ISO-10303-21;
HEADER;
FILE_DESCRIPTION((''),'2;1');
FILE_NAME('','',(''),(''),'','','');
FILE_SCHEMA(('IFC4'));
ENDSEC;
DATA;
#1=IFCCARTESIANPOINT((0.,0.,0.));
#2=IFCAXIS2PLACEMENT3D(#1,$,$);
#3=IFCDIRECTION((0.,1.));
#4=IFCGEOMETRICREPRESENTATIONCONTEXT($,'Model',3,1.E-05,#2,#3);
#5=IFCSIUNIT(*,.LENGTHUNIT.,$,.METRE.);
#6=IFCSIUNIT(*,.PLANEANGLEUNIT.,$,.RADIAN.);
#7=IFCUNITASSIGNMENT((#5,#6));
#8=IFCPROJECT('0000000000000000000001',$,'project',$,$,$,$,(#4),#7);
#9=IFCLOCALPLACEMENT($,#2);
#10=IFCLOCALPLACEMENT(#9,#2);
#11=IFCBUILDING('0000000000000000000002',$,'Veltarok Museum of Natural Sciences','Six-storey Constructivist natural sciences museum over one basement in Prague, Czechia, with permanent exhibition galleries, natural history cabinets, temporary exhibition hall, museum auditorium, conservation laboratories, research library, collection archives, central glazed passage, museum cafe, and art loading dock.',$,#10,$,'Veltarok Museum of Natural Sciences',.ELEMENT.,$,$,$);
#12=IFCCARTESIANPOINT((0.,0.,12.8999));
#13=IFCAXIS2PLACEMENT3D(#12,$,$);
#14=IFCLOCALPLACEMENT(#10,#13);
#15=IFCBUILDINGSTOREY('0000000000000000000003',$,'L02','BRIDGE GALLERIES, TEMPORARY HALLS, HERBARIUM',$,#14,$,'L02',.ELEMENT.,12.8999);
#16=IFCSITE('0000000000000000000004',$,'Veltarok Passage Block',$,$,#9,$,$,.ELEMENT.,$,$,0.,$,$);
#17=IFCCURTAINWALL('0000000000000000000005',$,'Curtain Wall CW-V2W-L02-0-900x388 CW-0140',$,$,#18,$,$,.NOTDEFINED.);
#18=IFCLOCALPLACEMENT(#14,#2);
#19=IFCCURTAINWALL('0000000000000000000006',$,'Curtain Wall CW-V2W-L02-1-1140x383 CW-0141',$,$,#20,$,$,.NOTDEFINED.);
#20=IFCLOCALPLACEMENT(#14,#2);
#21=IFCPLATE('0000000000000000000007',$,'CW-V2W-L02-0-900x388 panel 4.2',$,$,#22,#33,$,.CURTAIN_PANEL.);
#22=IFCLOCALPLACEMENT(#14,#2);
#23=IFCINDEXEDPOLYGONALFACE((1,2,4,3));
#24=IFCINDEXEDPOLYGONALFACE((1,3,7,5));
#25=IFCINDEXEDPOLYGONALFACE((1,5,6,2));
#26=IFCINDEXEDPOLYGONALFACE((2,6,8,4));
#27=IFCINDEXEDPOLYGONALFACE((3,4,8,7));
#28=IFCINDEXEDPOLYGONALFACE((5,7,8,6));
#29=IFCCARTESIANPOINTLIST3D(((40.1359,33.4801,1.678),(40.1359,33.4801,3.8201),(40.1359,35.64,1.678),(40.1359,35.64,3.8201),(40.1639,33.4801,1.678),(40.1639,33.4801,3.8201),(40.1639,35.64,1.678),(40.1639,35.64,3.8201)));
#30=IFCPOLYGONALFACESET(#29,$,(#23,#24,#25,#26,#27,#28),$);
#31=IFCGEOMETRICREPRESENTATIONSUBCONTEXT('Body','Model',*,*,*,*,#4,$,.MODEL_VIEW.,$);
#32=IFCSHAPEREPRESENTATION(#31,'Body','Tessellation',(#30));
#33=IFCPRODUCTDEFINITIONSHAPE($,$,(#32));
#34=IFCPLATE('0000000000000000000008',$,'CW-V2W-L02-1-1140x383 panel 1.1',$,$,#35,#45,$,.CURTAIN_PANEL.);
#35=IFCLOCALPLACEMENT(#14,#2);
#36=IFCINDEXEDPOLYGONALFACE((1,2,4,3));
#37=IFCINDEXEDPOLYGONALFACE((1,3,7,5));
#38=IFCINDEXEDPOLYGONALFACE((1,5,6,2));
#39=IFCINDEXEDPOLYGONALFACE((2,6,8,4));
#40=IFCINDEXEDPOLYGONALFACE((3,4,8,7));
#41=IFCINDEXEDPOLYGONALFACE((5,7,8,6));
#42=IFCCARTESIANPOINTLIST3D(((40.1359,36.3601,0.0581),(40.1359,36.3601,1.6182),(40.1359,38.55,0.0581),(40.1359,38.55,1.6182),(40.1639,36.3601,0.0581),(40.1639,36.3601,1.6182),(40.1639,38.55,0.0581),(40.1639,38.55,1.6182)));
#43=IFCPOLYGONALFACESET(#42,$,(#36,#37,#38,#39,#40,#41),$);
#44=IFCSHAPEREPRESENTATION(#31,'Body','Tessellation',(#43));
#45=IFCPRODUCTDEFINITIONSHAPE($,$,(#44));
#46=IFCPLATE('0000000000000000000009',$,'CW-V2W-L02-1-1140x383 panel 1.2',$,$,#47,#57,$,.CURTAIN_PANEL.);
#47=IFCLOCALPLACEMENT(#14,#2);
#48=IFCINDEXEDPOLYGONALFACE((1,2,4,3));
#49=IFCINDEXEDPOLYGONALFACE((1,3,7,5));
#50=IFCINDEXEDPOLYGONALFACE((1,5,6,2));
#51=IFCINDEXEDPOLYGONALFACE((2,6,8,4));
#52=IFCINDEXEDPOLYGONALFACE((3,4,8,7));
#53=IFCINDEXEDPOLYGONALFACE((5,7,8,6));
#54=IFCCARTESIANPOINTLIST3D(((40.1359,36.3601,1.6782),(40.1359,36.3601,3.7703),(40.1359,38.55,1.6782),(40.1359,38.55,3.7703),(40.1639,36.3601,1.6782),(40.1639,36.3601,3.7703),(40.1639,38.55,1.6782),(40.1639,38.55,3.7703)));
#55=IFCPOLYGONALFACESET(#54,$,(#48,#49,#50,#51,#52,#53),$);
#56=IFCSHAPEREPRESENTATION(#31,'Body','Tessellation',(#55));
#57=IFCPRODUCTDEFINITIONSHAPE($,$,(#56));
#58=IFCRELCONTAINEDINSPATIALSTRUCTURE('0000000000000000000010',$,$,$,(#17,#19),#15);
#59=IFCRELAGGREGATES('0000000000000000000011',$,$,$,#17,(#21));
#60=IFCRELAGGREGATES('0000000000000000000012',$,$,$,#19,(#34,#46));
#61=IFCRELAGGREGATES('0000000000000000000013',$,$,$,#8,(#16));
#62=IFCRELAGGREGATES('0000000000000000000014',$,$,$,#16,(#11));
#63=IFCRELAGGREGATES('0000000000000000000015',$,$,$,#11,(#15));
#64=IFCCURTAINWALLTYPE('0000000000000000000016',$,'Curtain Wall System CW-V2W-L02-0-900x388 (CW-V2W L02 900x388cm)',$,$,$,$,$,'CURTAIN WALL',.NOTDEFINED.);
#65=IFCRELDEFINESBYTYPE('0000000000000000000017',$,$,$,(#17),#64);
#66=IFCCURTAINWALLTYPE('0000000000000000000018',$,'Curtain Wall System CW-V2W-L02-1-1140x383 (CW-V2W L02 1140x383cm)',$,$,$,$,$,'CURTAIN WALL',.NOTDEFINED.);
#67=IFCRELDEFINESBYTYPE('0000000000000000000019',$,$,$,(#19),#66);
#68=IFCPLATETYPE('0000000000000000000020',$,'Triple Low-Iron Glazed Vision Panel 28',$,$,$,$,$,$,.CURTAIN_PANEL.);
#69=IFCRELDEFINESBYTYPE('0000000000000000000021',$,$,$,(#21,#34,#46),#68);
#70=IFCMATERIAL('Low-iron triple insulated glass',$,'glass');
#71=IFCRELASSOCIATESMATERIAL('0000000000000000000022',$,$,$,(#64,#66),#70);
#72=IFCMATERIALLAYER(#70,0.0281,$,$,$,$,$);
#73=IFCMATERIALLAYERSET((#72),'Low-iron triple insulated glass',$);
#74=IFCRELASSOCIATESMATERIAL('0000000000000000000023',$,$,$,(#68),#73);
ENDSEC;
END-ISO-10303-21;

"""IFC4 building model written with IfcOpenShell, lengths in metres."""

from ifc_helpers import new_model, si_unit, direction, frame, origin, origin_2d, place, context, subcontext, project, spatial, rectangle, extrude, material, layer, layer_set, type_object, element, aggregate, save


model = new_model("IFC4")

# Units and contexts
model_context = context("Model", 3, precision=1e-05, world=origin(), true_north=direction((0.0, 1.0)))
body_context = subcontext(model_context, "Body", "Model", "MODEL_VIEW")
ifc_project = project(units=[si_unit("LENGTHUNIT", "METRE"), si_unit("PLANEANGLEUNIT", "RADIAN")], contexts=[model_context])

# Site, building, storey
site_placement = place(None, origin())
site = spatial("IfcSite", under=ifc_project, at=site_placement, Name="Veltarok Passage Block", CompositionType="ELEMENT", RefElevation=0.0)
building_placement = place(site_placement, origin())
building = spatial("IfcBuilding", under=site, at=building_placement, Name="Veltarok Museum of Natural Sciences", Description="Six-storey Constructivist natural sciences museum over one basement in Prague, Czechia, with permanent exhibition galleries, natural history cabinets, temporary exhibition hall, museum auditorium, conservation laboratories, research library, collection archives, central glazed passage, museum cafe, and art loading dock.", LongName="Veltarok Museum of Natural Sciences", CompositionType="ELEMENT")
storey_placement = place(building_placement, frame((0.0, 0.0, 12.8999)))
storey = spatial("IfcBuildingStorey", under=building, at=storey_placement, Name="L02", Description="BRIDGE GALLERIES, TEMPORARY HALLS, HERBARIUM", LongName="L02", CompositionType="ELEMENT", Elevation=12.8999)

# Shared definitions
ifc_material_1 = material(Name="Low-iron triple insulated glass", Category="glass")

# Curtain walls
curtain_wall_type_1 = type_object("IfcCurtainWallType", Name="Curtain Wall System CW-V2W-L02-0-900x388 (CW-V2W L02 900x388cm)", ElementType="CURTAIN WALL", PredefinedType="NOTDEFINED", material=ifc_material_1)
curtain_wall_1_placement = place(storey_placement, origin())
curtain_wall_1 = element("IfcCurtainWall", 1, at=curtain_wall_1_placement, inside=storey, type_object=curtain_wall_type_1, Name="Curtain Wall CW-V2W-L02-0-900x388 CW-0140", PredefinedType="NOTDEFINED")
curtain_wall_type_2 = type_object("IfcCurtainWallType", Name="Curtain Wall System CW-V2W-L02-1-1140x383 (CW-V2W L02 1140x383cm)", ElementType="CURTAIN WALL", PredefinedType="NOTDEFINED", material=ifc_material_1)
curtain_wall_2_placement = place(storey_placement, origin())
curtain_wall_2 = element("IfcCurtainWall", 2, at=curtain_wall_2_placement, inside=storey, type_object=curtain_wall_type_2, Name="Curtain Wall CW-V2W-L02-1-1140x383 CW-0141", PredefinedType="NOTDEFINED")

# Plates
ifc_layer = layer(ifc_material_1, 0.0281)
ifc_layer_set = layer_set([ifc_layer], Name="Low-iron triple insulated glass")
plate_type = type_object("IfcPlateType", Name="Triple Low-Iron Glazed Vision Panel 28", PredefinedType="CURTAIN_PANEL", material=ifc_layer_set)
plate_1_placement = place(storey_placement, frame((40.1499, 34.5601, 1.678), z_axis=(0.0, 0.0, 1.0), x_axis=(0.0, 1.0, 0.0)))
plate_1 = element("IfcPlate", 3, at=plate_1_placement, type_object=plate_type, Name="CW-V2W-L02-0-900x388 panel 4.2", PredefinedType="CURTAIN_PANEL", context=body_context, shape_type="SweptSolid", body=[
    extrude(rectangle(XDim=2.1599, YDim=0.0281, at=origin_2d()), origin(), (0.0, 0.0, 1.0), 2.1421),
])
aggregate(curtain_wall_1, [plate_1])
plate_2_placement = place(storey_placement, frame((40.1499, 37.4551, 0.0581), z_axis=(0.0, 0.0, 1.0), x_axis=(0.0, 1.0, 0.0)))
plate_2 = element("IfcPlate", 4, at=plate_2_placement, type_object=plate_type, Name="CW-V2W-L02-1-1140x383 panel 1.1", PredefinedType="CURTAIN_PANEL", context=body_context, shape_type="SweptSolid", body=[
    extrude(rectangle(XDim=2.1899, YDim=0.0281, at=origin_2d()), origin(), (0.0, 0.0, 1.0), 1.5601),
])
plate_3_placement = place(storey_placement, frame((40.1499, 37.4551, 1.6782), z_axis=(0.0, 0.0, 1.0), x_axis=(0.0, 1.0, 0.0)))
plate_3 = element("IfcPlate", 5, at=plate_3_placement, type_object=plate_type, Name="CW-V2W-L02-1-1140x383 panel 1.2", PredefinedType="CURTAIN_PANEL", context=body_context, shape_type="SweptSolid", body=[
    extrude(rectangle(XDim=2.1899, YDim=0.0281, at=origin_2d()), origin(), (0.0, 0.0, 1.0), 2.092),
])
aggregate(curtain_wall_2, [plate_2, plate_3])

save(model, "model.ifc")
